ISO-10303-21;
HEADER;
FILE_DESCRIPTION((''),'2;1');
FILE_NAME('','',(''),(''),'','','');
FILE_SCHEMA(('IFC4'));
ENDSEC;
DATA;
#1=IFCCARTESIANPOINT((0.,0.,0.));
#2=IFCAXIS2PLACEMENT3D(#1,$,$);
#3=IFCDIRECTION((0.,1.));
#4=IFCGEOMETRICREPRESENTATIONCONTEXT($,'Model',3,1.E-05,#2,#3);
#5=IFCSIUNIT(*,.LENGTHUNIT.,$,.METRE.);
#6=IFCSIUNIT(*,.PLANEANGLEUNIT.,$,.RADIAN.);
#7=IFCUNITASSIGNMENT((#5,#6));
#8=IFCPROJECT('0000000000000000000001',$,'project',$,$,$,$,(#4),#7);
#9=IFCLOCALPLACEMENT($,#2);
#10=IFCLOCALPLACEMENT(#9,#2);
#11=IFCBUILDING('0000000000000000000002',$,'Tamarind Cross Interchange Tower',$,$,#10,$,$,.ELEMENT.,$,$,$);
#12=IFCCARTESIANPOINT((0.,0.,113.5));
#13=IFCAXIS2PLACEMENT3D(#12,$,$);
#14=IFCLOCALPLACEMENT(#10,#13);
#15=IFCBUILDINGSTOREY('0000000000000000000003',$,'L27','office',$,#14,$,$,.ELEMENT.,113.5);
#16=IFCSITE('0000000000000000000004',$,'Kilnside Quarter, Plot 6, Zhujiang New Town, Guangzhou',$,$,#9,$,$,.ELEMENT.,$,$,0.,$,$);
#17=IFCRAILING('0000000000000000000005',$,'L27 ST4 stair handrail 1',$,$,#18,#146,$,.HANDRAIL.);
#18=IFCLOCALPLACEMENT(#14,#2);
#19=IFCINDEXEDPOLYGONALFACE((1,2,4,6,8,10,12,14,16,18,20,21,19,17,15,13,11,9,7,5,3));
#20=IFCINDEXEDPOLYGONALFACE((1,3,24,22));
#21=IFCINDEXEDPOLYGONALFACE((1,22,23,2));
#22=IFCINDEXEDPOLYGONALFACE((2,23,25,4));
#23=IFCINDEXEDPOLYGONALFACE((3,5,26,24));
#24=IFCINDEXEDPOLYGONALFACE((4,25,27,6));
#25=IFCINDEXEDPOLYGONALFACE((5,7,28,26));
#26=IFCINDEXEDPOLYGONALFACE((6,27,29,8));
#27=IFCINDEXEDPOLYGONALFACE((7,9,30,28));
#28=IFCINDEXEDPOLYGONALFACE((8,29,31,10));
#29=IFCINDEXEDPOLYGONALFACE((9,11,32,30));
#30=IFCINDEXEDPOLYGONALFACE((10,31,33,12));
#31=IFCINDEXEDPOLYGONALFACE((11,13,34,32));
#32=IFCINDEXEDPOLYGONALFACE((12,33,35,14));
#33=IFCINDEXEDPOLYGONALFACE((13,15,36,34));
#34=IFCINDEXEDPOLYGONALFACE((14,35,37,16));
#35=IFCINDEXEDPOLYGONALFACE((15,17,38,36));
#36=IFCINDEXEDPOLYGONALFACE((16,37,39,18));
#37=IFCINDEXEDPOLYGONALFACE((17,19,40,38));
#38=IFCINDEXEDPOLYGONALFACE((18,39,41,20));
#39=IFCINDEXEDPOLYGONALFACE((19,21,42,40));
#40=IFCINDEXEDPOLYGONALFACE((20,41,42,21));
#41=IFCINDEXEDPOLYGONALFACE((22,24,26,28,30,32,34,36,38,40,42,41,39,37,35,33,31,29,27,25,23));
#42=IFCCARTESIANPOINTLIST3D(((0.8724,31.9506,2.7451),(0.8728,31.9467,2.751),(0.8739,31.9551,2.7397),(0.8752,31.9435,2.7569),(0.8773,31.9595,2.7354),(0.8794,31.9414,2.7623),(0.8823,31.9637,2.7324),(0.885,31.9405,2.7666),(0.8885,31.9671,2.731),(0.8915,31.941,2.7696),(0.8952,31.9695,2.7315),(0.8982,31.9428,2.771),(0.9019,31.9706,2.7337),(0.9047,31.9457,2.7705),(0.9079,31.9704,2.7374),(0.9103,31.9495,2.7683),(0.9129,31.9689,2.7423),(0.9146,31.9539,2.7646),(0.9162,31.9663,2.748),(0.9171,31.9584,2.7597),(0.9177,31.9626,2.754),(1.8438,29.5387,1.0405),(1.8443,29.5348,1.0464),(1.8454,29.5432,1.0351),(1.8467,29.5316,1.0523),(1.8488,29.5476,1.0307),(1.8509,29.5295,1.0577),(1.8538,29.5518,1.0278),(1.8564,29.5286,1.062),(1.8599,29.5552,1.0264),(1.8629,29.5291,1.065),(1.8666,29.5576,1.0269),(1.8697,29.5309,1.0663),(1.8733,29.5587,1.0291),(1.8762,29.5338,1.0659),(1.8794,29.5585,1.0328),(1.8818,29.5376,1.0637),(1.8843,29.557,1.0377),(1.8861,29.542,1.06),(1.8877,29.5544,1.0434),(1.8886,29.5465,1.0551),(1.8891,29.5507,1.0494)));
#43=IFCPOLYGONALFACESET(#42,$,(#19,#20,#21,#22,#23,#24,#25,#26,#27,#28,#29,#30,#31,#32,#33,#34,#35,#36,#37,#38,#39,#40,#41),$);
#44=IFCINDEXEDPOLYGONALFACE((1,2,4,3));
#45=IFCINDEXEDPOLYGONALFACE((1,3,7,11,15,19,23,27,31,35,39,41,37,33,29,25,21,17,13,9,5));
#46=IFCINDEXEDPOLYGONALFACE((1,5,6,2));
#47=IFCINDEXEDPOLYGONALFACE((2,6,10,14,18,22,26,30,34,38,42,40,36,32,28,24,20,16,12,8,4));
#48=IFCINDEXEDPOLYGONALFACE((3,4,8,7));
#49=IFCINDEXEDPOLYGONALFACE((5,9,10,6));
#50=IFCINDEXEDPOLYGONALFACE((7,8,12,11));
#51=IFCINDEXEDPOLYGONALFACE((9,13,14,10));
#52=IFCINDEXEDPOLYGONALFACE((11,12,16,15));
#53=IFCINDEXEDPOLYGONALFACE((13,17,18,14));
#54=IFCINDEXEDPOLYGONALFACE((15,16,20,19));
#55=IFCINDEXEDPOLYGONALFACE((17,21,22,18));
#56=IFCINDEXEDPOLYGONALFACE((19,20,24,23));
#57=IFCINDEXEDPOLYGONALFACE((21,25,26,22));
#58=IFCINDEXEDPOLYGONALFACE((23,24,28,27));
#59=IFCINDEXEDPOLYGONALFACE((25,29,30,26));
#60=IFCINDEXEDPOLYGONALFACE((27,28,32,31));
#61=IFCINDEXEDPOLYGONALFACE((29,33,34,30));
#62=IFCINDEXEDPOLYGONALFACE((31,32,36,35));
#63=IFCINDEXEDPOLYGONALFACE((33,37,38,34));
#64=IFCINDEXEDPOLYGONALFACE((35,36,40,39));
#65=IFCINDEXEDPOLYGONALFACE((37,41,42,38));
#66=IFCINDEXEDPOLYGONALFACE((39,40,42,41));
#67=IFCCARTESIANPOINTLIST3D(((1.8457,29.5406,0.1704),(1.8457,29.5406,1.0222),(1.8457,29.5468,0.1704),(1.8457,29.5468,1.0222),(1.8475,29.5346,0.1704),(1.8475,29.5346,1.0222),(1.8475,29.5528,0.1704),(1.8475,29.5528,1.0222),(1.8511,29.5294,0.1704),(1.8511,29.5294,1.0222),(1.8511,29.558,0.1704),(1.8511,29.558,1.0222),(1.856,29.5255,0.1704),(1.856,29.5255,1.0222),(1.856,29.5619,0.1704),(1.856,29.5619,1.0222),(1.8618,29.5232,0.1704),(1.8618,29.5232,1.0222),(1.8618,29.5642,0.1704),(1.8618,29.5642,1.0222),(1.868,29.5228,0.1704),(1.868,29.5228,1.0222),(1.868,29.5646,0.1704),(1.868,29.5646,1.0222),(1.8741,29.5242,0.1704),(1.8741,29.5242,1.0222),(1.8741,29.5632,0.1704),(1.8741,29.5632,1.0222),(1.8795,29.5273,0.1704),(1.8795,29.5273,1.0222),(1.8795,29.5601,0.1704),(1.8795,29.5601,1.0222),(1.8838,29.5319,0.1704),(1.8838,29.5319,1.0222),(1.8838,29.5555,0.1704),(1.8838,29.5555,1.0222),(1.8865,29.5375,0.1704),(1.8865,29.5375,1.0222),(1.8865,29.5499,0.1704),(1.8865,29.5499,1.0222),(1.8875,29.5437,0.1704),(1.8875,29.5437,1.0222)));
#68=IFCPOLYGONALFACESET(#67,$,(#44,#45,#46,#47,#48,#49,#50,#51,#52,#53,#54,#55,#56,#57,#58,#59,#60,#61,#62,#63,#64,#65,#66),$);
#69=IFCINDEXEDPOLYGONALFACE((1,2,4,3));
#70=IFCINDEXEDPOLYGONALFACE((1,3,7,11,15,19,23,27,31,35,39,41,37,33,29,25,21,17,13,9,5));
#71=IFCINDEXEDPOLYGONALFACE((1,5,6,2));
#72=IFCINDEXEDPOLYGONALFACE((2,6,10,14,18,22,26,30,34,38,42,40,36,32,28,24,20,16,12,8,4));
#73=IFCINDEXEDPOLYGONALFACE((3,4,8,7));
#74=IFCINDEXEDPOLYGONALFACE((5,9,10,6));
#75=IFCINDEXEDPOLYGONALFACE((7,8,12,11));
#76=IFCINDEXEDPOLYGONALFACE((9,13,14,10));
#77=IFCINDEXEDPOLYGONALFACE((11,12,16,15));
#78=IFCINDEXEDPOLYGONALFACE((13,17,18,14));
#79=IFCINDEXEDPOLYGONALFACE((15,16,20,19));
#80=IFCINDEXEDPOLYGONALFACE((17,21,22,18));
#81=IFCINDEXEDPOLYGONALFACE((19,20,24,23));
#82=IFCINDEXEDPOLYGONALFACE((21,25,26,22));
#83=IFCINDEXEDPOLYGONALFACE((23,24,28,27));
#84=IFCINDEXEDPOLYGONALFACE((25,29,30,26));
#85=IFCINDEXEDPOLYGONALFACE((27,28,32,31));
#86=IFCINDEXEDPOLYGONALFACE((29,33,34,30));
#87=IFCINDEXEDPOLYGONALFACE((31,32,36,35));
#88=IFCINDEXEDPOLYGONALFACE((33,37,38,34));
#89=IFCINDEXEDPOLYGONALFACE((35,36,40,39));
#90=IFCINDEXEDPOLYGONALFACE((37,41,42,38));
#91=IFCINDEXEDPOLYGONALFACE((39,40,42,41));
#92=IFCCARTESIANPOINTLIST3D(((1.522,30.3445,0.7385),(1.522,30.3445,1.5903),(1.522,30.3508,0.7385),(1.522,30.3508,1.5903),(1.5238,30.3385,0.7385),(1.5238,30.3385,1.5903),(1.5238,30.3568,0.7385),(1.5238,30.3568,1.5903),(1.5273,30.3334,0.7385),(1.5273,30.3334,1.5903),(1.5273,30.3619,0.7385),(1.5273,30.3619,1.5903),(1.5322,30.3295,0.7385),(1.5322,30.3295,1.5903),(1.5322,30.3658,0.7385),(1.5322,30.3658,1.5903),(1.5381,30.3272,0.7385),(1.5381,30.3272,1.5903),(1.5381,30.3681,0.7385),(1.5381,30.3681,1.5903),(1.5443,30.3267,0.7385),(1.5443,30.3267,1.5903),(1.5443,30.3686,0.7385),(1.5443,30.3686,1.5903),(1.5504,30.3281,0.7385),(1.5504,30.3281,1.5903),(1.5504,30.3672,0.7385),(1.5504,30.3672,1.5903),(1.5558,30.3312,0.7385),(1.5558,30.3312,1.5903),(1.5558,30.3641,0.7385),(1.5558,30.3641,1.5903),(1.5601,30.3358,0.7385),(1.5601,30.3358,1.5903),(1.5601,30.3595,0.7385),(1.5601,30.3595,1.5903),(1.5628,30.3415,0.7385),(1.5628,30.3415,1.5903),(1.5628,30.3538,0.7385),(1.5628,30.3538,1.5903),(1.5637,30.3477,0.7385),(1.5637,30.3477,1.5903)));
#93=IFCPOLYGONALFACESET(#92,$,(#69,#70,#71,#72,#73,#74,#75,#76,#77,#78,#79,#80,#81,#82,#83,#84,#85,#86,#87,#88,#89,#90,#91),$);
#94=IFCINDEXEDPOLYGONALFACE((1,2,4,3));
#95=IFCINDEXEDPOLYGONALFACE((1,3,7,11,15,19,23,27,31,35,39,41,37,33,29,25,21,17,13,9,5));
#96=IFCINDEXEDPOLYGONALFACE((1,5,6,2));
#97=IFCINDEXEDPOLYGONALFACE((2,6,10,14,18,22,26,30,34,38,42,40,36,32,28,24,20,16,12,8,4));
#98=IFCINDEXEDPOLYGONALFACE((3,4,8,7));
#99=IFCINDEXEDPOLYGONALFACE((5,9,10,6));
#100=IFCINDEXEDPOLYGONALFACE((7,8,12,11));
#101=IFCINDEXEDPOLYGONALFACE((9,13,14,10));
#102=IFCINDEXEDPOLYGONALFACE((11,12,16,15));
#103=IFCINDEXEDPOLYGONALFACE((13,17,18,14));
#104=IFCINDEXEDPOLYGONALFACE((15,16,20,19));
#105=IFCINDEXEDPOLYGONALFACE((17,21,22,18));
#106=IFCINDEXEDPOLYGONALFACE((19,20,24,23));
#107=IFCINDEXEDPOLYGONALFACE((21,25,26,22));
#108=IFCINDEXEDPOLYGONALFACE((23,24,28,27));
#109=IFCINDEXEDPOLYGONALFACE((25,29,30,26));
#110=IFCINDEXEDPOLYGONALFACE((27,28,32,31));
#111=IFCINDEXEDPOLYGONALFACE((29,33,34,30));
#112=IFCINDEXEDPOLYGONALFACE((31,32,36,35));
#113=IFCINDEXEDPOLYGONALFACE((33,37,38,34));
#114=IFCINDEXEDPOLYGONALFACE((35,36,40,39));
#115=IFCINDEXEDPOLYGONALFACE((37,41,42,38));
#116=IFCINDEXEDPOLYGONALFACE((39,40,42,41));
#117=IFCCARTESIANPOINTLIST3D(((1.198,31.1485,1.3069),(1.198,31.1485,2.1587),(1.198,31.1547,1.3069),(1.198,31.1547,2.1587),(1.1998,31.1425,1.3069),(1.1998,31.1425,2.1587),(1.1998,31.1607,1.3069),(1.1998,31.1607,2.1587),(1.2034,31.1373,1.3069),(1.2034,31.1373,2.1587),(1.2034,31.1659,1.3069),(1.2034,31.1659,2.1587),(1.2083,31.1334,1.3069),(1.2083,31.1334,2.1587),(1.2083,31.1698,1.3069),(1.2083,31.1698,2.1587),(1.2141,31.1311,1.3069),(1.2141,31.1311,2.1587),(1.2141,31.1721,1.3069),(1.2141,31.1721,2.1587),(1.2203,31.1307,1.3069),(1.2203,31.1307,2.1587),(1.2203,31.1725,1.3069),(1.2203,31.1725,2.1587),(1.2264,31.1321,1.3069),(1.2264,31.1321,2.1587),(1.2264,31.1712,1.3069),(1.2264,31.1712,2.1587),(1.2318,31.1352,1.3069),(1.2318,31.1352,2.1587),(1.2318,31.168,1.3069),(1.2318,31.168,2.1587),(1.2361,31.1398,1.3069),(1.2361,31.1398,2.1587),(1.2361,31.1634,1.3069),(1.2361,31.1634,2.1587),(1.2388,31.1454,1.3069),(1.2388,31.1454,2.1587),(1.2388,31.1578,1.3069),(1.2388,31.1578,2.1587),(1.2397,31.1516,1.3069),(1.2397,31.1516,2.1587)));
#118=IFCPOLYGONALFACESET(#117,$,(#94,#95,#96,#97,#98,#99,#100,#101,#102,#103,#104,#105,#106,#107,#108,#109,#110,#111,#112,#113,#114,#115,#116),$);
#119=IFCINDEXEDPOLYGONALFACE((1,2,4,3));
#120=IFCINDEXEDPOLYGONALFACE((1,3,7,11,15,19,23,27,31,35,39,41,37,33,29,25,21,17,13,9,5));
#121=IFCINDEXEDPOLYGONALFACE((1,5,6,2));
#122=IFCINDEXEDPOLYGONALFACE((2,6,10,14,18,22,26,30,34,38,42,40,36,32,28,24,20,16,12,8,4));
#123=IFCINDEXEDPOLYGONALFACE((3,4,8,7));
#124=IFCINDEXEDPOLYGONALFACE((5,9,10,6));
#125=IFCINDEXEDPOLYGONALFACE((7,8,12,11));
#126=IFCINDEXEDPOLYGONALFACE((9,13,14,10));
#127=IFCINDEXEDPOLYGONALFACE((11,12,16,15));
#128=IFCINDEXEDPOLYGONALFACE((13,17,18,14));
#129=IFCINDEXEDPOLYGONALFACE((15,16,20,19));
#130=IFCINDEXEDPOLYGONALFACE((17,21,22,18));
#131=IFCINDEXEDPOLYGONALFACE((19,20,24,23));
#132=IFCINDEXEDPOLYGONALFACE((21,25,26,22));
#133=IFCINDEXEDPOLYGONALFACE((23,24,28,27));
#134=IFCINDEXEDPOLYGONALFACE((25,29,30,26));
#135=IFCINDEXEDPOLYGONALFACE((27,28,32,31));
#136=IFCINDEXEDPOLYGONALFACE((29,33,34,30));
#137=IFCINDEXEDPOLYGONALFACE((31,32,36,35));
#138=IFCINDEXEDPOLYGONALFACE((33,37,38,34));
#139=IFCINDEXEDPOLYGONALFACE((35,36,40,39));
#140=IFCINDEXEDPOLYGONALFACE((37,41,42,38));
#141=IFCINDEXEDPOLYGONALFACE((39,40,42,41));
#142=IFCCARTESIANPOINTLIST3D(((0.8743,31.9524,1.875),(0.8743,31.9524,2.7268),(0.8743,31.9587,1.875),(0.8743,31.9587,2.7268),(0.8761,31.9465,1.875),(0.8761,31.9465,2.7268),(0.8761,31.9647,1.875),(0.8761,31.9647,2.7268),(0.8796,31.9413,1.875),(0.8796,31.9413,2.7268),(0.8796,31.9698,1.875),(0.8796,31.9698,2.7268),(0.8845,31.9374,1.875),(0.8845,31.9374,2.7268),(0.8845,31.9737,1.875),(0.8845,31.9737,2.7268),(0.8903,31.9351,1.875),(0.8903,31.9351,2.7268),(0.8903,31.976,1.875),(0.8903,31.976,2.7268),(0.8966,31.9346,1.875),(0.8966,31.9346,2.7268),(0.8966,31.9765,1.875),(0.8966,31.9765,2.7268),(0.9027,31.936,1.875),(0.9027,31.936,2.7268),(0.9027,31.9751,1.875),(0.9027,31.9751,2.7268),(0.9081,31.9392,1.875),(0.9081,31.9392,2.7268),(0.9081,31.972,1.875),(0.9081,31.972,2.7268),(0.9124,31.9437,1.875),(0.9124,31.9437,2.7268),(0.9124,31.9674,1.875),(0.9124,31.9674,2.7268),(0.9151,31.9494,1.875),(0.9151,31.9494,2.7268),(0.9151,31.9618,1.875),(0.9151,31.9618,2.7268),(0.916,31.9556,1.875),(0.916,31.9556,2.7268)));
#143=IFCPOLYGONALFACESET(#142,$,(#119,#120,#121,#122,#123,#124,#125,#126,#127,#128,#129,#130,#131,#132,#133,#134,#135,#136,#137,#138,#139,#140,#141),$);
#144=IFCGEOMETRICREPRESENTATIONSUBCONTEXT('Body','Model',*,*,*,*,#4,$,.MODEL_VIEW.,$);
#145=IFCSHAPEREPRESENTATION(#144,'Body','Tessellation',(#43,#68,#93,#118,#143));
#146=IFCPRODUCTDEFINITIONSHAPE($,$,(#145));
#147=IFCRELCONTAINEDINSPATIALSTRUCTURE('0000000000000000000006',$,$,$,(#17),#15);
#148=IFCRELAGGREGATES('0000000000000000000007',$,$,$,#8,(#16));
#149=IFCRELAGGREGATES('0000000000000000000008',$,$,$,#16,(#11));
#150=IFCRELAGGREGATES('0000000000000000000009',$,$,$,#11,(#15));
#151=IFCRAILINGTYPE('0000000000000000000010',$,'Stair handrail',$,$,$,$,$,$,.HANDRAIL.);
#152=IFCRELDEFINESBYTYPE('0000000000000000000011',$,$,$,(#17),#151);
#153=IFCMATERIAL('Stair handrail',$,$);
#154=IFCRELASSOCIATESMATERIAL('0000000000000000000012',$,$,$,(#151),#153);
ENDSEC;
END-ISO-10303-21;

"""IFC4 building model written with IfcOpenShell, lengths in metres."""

from ifc_helpers import new_model, si_unit, direction, frame, origin, origin_2d, place, context, subcontext, project, spatial, circle, extrude, material, type_object, element, save


model = new_model("IFC4")

# Units and contexts
model_context = context("Model", 3, precision=1e-05, world=origin(), true_north=direction((0.0, 1.0)))
body_context = subcontext(model_context, "Body", "Model", "MODEL_VIEW")
ifc_project = project(units=[si_unit("LENGTHUNIT", "METRE"), si_unit("PLANEANGLEUNIT", "RADIAN")], contexts=[model_context])

# Site, building, storey
site_placement = place(None, origin())
site = spatial("IfcSite", under=ifc_project, at=site_placement, Name="Kilnside Quarter, Plot 6, Zhujiang New Town, Guangzhou", CompositionType="ELEMENT", RefElevation=0.0)
building_placement = place(site_placement, origin())
building = spatial("IfcBuilding", under=site, at=building_placement, Name="Tamarind Cross Interchange Tower", CompositionType="ELEMENT")
storey_placement = place(building_placement, frame((0.0, 0.0, 113.5)))
storey = spatial("IfcBuildingStorey", under=building, at=storey_placement, Name="L27", Description="office", CompositionType="ELEMENT", Elevation=113.5)

# Railing
ifc_material_1 = material(Name="Stair handrail")
railing_type_1 = type_object("IfcRailingType", Name="Stair handrail", PredefinedType="HANDRAIL", material=ifc_material_1)
railing_1_placement = place(storey_placement, frame((1.8665, 29.5437, 0.1704)))
element("IfcRailing", 1, at=railing_1_placement, inside=storey, type_object=railing_type_1, Name="L27 ST4 stair handrail 1", PredefinedType="HANDRAIL", context=body_context, shape_type="SweptSolid", body=[
    extrude(circle(Radius=0.0239, at=origin_2d()), frame((0.0, 0.0, 0.876), z_axis=(-0.312451, 0.775748, 0.548261), x_axis=(-0.927587, -0.373607, 0.0)), (0.0, 0.0, 1.0), 3.1091),
    extrude(circle(Radius=0.021, at=origin_2d()), origin(), (0.0, 0.0, 1.0), 0.8518),
    extrude(circle(Radius=0.021, at=origin_2d()), frame((-0.3237, 0.804, 0.5681)), (0.0, 0.0, 1.0), 0.8518),
    extrude(circle(Radius=0.021, at=origin_2d()), frame((-0.6477, 1.6079, 1.1365)), (0.0, 0.0, 1.0), 0.8518),
    extrude(circle(Radius=0.021, at=origin_2d()), frame((-0.9714, 2.4119, 1.7046)), (0.0, 0.0, 1.0), 0.8518),
])

save(model, "model.ifc")
